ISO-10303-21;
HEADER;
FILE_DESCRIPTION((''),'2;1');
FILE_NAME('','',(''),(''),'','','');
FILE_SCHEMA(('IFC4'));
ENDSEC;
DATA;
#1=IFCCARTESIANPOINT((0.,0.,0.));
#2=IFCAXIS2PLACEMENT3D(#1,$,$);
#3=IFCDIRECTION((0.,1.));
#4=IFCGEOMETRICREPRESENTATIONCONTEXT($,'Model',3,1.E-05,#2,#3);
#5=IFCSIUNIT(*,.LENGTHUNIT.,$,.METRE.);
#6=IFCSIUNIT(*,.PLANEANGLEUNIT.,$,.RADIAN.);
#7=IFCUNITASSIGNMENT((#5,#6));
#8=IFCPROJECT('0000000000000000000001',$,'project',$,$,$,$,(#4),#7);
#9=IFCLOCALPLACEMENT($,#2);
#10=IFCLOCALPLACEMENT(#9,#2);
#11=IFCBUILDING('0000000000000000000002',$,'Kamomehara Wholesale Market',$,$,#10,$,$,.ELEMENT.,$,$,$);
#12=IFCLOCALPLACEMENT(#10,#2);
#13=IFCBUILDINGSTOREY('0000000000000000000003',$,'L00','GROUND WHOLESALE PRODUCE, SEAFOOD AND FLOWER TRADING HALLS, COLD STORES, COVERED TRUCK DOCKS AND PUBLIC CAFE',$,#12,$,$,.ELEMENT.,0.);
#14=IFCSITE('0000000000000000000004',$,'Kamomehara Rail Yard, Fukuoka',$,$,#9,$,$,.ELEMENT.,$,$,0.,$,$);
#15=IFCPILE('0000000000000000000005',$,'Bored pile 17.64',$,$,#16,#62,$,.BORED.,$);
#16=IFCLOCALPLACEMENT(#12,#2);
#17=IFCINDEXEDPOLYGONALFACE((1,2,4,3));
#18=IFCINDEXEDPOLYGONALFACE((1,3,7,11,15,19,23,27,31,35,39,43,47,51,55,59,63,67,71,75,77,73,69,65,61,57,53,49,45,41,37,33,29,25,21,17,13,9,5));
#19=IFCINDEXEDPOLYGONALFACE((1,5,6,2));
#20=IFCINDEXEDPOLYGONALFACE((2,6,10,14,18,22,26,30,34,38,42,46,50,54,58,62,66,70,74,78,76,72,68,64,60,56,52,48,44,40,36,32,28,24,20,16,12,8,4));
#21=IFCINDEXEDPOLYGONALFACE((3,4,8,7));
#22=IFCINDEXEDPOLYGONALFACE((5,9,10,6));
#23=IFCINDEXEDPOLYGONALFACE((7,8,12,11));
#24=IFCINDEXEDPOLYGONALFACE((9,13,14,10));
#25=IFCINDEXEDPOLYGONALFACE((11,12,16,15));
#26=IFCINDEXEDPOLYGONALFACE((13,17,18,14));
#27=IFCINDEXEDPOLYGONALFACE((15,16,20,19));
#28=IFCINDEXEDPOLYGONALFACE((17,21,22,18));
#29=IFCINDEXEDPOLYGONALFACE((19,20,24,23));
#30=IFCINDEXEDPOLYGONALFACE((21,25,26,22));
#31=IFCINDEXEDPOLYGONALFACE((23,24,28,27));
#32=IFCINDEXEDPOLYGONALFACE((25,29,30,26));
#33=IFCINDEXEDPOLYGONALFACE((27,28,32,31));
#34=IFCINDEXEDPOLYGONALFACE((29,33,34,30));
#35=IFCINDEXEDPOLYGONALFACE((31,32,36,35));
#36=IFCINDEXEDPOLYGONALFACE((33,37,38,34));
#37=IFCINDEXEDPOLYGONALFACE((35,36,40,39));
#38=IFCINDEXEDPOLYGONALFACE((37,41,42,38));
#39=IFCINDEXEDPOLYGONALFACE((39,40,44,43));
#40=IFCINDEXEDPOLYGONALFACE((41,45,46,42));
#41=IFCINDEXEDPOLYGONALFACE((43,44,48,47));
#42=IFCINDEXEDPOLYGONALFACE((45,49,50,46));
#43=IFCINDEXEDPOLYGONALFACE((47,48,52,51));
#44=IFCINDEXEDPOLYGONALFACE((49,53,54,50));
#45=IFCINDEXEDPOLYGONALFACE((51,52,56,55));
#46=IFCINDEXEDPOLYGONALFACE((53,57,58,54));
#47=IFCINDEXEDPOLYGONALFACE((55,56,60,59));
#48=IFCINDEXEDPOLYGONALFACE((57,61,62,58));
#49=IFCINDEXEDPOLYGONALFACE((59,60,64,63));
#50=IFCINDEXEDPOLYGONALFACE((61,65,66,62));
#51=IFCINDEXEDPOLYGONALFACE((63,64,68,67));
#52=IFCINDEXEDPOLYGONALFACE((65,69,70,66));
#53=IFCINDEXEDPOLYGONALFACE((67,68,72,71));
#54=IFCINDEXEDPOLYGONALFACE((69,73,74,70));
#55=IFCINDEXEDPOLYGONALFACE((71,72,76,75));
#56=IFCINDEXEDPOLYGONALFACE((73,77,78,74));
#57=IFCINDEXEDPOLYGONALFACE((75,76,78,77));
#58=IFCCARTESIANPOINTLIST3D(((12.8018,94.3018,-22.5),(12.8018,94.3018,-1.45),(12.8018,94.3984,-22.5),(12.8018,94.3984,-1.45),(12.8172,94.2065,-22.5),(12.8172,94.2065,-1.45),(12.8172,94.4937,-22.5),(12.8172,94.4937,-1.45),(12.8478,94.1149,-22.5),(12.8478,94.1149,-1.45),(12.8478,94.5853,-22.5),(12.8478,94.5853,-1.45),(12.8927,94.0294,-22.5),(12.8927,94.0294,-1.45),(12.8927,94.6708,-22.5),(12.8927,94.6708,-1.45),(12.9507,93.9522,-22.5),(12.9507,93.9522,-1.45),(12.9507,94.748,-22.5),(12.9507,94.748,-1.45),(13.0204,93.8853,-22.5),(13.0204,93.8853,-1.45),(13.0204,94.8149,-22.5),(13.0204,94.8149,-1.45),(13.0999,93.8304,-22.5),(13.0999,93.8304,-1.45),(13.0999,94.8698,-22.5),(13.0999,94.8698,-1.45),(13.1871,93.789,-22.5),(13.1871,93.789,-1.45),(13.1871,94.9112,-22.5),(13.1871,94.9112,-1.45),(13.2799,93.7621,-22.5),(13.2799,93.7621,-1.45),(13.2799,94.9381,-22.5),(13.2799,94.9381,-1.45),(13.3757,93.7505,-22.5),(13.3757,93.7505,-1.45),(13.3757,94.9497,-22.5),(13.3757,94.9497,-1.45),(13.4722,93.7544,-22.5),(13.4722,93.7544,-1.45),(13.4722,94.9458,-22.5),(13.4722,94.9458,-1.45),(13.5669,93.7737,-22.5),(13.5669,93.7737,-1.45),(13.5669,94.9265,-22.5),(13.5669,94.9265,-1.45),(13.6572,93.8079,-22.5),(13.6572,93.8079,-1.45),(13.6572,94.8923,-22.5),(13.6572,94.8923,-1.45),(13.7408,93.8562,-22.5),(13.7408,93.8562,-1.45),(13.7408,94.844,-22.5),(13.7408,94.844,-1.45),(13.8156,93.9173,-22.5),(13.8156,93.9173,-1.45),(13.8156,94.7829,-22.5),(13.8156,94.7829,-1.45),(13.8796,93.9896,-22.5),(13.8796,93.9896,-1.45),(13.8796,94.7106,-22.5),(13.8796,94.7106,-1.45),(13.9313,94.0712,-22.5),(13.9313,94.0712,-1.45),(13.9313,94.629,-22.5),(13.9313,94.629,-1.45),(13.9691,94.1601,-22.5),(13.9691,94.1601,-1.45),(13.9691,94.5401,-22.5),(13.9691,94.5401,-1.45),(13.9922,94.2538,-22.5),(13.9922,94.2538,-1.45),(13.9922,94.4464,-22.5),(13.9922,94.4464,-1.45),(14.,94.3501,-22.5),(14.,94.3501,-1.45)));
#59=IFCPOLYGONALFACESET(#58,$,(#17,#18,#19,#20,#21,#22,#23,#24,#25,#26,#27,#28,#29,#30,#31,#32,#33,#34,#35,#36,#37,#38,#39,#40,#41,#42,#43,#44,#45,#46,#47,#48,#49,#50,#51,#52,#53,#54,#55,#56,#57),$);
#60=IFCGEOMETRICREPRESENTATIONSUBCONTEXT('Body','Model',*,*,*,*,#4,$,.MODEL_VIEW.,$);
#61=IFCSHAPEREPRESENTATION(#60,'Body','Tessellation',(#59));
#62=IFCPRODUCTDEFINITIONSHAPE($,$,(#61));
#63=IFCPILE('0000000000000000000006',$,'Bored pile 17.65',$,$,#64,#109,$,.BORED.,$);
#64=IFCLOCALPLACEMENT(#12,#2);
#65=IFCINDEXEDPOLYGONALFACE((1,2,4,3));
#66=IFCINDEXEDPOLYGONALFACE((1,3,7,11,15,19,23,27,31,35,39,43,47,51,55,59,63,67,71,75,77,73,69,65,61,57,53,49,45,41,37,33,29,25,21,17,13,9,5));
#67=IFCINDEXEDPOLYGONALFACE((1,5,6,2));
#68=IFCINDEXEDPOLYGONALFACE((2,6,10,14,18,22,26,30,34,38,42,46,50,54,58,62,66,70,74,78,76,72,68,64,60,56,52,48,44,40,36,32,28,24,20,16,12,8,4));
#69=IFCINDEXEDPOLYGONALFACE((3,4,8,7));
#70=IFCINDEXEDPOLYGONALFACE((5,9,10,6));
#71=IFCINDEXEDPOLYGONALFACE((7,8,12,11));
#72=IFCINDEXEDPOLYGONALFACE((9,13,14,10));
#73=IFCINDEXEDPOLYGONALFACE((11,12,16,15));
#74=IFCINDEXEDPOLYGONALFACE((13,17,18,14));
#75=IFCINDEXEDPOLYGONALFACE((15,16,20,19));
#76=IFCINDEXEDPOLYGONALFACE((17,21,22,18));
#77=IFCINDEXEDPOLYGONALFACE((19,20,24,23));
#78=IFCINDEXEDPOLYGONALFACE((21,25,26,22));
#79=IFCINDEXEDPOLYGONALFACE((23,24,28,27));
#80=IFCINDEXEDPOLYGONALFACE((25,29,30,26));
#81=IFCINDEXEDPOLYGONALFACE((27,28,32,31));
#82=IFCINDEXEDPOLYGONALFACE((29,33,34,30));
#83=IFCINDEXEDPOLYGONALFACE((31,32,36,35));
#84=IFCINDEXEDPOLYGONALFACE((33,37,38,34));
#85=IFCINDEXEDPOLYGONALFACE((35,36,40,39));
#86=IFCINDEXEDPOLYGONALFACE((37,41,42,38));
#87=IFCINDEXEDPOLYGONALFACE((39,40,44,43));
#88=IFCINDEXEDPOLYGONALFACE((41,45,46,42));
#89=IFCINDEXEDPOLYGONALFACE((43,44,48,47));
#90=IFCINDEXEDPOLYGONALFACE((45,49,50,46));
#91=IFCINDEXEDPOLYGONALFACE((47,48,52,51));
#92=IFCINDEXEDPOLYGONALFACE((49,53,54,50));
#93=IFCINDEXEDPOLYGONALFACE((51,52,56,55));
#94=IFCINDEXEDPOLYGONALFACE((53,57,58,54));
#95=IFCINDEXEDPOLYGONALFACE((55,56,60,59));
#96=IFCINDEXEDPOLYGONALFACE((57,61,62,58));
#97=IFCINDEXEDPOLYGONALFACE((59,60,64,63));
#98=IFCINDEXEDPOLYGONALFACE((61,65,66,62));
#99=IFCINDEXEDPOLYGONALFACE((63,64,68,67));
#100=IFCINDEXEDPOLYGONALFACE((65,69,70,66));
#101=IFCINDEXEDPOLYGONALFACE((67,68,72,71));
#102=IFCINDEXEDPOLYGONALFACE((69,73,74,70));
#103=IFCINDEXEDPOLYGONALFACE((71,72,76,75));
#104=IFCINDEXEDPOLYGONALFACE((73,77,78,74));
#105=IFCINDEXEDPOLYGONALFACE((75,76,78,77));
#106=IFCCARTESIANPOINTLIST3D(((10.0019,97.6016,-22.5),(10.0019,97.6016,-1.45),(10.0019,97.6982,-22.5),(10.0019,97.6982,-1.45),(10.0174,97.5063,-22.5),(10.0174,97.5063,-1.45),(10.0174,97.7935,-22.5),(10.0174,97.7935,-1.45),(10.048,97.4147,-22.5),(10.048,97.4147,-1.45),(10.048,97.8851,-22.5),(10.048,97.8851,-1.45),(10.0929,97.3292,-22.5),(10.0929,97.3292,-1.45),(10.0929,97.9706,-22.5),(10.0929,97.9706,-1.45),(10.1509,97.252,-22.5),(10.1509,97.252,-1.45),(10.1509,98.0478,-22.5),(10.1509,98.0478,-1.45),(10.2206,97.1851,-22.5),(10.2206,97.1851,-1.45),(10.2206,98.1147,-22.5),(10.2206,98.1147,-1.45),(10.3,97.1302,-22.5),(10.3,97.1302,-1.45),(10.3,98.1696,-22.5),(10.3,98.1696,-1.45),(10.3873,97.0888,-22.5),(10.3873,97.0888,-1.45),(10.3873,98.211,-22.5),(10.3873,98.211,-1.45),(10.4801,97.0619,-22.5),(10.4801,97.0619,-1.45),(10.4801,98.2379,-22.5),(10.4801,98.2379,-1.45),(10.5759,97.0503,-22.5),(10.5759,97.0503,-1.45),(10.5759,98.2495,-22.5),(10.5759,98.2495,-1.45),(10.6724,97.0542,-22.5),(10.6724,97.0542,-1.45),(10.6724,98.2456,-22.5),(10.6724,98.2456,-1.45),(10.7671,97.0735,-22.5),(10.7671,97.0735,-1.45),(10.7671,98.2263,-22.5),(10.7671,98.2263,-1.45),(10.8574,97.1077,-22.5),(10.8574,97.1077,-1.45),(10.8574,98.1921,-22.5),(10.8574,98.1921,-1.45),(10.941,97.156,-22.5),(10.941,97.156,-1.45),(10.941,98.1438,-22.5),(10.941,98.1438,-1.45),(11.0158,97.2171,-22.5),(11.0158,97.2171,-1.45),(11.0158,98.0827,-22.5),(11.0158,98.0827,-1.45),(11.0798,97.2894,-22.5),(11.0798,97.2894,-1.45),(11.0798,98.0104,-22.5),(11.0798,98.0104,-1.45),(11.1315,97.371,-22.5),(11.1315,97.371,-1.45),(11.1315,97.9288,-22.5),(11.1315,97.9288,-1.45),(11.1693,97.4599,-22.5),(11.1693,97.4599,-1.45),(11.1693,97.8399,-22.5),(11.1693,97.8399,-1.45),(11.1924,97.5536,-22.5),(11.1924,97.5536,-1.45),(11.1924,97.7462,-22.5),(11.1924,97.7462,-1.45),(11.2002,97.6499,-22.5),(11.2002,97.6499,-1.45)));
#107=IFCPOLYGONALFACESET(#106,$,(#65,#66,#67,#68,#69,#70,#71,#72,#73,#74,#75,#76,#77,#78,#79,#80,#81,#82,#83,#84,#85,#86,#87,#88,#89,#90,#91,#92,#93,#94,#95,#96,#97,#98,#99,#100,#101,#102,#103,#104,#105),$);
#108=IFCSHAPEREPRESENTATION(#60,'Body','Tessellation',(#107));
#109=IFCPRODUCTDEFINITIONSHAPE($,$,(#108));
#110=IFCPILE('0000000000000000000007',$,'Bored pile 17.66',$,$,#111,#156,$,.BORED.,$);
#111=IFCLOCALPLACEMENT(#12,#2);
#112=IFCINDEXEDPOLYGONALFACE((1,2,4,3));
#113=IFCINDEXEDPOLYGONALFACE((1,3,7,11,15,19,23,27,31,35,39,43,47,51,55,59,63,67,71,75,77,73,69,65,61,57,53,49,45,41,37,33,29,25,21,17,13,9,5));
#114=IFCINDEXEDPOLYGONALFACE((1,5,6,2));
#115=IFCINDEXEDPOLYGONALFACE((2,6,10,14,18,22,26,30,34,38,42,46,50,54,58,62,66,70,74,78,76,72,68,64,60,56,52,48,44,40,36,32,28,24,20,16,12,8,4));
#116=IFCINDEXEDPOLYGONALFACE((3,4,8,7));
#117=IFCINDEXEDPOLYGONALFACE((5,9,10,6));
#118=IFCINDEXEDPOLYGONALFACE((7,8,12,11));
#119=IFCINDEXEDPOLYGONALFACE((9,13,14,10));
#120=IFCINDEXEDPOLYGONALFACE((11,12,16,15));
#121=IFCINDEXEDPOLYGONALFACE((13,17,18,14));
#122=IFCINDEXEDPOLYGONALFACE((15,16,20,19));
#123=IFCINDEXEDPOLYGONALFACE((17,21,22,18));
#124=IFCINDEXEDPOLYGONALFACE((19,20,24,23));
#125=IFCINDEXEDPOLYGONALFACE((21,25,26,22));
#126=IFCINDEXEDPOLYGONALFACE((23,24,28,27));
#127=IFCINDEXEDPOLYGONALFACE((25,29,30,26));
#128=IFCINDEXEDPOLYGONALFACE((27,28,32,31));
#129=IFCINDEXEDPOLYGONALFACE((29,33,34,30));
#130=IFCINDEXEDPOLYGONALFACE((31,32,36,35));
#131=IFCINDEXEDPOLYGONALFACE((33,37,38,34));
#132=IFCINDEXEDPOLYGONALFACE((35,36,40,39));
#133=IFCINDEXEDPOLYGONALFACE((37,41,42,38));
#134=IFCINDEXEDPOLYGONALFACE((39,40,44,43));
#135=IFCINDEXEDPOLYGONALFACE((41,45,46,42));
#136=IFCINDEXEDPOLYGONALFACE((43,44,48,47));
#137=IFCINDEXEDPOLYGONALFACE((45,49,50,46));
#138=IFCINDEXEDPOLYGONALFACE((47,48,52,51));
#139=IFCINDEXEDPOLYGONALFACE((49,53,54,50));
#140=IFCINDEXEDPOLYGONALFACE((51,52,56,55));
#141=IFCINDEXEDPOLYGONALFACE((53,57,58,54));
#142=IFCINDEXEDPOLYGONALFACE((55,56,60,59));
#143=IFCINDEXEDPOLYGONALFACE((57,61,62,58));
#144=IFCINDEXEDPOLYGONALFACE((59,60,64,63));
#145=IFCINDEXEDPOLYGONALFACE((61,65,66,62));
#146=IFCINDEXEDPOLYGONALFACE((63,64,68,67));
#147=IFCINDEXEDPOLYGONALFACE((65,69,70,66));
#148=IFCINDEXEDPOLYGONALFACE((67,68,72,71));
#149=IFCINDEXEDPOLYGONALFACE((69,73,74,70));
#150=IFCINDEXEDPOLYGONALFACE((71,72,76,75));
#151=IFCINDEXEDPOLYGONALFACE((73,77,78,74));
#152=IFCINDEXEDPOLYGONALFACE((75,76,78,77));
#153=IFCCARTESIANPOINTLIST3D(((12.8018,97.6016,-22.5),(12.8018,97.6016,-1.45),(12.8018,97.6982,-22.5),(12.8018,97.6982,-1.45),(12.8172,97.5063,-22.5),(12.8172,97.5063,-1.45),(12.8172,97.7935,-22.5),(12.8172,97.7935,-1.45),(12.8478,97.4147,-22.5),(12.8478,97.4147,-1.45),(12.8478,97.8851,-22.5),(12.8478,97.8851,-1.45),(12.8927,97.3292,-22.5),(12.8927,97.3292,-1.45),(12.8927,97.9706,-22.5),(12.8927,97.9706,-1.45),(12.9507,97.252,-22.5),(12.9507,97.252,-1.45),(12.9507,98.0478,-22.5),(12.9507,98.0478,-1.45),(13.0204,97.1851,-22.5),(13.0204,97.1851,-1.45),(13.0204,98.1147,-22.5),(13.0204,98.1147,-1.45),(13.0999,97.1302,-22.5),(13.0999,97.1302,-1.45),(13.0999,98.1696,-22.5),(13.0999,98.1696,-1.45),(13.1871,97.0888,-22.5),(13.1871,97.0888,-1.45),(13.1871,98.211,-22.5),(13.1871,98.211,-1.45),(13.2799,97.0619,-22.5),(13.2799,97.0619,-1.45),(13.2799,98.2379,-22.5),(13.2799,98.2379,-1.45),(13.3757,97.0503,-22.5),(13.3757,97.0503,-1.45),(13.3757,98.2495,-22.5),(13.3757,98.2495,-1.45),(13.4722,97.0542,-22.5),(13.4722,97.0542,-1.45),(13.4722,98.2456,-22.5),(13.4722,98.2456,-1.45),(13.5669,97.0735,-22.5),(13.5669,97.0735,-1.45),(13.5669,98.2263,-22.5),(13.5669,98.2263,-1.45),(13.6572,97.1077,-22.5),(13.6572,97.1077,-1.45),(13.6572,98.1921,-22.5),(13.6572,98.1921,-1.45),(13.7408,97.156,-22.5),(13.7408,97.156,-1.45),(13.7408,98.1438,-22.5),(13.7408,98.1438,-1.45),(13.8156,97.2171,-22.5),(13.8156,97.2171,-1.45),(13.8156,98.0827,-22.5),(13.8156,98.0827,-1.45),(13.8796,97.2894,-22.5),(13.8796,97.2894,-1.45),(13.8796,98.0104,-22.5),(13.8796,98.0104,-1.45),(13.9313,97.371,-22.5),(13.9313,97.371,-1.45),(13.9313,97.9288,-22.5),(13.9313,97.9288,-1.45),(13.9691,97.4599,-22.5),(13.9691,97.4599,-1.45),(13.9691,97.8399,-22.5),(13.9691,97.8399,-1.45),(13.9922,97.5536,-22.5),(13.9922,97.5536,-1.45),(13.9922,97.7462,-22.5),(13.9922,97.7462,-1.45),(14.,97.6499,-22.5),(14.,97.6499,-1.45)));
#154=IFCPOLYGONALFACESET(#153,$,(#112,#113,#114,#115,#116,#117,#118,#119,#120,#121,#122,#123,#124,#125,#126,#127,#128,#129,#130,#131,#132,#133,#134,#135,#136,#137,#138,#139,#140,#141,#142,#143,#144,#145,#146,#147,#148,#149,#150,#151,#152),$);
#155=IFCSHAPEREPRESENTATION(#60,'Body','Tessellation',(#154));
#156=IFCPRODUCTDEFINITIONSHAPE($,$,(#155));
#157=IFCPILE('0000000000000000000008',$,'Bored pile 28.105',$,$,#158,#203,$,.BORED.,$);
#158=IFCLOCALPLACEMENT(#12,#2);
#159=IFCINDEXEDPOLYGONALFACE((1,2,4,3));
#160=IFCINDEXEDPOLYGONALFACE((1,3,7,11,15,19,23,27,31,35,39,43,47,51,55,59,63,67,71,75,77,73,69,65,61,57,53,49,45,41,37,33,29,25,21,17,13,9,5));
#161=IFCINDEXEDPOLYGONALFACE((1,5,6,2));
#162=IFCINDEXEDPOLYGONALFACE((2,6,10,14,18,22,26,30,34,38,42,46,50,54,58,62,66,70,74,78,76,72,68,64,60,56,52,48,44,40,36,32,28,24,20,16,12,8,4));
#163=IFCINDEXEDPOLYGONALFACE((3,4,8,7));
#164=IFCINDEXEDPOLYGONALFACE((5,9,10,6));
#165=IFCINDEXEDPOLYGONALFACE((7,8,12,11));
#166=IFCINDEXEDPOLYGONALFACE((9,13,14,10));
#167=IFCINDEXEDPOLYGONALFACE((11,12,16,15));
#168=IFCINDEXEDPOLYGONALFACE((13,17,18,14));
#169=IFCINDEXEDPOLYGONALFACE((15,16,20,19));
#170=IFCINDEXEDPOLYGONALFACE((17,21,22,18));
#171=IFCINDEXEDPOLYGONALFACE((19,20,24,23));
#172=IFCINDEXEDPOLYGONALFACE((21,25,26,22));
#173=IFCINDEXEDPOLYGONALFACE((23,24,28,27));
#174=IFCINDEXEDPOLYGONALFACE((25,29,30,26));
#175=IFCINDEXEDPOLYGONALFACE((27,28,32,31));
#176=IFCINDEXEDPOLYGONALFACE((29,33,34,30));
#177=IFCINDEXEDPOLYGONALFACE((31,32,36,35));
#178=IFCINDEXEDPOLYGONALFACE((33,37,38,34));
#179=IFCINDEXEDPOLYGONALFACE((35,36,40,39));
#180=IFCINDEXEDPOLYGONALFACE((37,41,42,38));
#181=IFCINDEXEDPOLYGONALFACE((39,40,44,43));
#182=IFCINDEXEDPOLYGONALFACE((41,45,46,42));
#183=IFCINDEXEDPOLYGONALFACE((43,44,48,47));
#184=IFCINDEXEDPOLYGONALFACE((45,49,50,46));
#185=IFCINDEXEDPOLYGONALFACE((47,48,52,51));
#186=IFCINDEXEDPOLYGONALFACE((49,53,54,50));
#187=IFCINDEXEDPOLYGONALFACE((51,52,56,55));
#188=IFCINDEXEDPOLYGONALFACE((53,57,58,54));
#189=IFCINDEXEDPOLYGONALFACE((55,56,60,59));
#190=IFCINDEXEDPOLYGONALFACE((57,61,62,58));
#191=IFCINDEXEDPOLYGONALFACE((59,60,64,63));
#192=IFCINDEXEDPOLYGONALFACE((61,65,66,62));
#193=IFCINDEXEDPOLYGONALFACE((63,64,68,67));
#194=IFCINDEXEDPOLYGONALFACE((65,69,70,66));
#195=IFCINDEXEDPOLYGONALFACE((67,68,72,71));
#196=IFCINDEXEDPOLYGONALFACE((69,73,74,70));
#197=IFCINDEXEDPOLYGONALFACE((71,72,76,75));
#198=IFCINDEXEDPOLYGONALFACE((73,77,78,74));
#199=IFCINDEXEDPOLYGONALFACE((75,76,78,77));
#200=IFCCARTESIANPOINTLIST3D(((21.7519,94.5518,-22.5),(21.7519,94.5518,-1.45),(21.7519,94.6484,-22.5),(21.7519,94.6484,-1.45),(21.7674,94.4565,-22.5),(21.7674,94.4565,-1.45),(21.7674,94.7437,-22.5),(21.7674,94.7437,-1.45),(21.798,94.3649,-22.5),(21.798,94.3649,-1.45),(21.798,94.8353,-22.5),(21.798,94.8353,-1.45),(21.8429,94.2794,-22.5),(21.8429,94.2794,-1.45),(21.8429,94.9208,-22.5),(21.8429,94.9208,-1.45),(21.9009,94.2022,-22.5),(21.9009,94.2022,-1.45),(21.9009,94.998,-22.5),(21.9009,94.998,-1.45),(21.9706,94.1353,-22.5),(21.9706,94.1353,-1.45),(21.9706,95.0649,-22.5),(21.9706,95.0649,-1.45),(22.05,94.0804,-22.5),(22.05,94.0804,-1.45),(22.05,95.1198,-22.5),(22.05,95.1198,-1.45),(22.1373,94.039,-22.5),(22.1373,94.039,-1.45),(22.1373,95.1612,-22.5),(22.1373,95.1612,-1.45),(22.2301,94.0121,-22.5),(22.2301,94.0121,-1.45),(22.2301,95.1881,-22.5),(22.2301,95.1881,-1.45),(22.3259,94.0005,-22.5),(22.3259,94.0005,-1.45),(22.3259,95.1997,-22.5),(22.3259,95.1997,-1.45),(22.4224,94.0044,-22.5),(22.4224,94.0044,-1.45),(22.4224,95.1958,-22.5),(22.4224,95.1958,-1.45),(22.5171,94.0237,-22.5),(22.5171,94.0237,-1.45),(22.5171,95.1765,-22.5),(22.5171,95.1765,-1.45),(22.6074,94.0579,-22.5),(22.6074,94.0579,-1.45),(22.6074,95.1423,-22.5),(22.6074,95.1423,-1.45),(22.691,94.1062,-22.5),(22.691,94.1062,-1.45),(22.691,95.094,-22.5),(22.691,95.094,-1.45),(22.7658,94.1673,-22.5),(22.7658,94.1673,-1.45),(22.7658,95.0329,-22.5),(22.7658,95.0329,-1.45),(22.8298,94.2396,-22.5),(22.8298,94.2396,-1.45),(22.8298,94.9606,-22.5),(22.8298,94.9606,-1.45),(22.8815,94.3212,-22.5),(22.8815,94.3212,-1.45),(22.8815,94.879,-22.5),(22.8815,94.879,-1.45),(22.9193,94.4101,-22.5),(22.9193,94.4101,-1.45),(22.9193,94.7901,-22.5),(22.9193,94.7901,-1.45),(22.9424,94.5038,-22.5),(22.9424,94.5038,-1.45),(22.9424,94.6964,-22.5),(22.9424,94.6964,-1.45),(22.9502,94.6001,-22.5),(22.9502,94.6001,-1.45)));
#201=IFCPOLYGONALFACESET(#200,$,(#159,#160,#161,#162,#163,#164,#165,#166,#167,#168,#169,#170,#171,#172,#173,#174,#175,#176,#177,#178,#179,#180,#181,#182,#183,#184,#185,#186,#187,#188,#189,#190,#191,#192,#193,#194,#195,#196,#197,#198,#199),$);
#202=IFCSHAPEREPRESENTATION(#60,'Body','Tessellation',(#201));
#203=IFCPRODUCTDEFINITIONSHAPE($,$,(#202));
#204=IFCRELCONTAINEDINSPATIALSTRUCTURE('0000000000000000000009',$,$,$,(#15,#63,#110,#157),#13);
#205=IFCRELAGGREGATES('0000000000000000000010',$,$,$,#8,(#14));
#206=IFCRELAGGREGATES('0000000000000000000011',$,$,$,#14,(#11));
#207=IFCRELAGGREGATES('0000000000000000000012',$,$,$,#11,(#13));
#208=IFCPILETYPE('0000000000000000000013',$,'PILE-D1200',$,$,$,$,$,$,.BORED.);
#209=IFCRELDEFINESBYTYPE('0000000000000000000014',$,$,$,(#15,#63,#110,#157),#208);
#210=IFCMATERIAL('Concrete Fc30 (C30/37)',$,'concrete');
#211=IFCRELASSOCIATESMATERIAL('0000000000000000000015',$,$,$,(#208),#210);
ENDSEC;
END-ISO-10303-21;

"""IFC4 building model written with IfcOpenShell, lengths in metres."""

from ifc_helpers import new_model, si_unit, direction, frame, origin, origin_2d, place, context, subcontext, project, spatial, circle, extrude, material, material_profile, profile_set, type_object, element, save


model = new_model("IFC4")

# Units and contexts
model_context = context("Model", 3, precision=1e-05, world=origin(), true_north=direction((0.0, 1.0)))
body_context = subcontext(model_context, "Body", "Model", "MODEL_VIEW")
ifc_project = project(units=[si_unit("LENGTHUNIT", "METRE"), si_unit("PLANEANGLEUNIT", "RADIAN")], contexts=[model_context])

# Site, building, storey
site_placement = place(None, origin())
site = spatial("IfcSite", under=ifc_project, at=site_placement, Name="Kamomehara Rail Yard, Fukuoka", CompositionType="ELEMENT", RefElevation=0.0)
building_placement = place(site_placement, origin())
building = spatial("IfcBuilding", under=site, at=building_placement, Name="Kamomehara Wholesale Market", CompositionType="ELEMENT")
storey_placement = place(building_placement, origin())
storey = spatial("IfcBuildingStorey", under=building, at=storey_placement, Name="L00", Description="GROUND WHOLESALE PRODUCE, SEAFOOD AND FLOWER TRADING HALLS, COLD STORES, COVERED TRUCK DOCKS AND PUBLIC CAFE", CompositionType="ELEMENT", Elevation=0.0)

# Piles
ifc_material_1 = material(Name="Concrete Fc30 (C30/37)", Category="concrete")
ifc_material_profile_1 = material_profile(ifc_material_1, circle(Radius=0.6001, at=origin_2d()), Name="RC-PILE-D1200")
ifc_profile_set_1 = profile_set([ifc_material_profile_1], Name="Concrete Fc30 (C30/37)")
pile_type = type_object("IfcPileType", Name="PILE-D1200", PredefinedType="BORED", material=ifc_profile_set_1)
for number, where, z_axis, x_axis, name in (
    (1, (13.3999, 94.3501, -1.45), (0.0, 0.0, -1.0), (1.0, 0.0, 0.0), "Bored pile 17.64"),
    (2, (10.6001, 97.6499, -1.45), (0.0, 0.0, -1.0), (1.0, 0.0, 0.0), "Bored pile 17.65"),
    (3, (13.3999, 97.6499, -1.45), (0.0, 0.0, -1.0), (1.0, 0.0, 0.0), "Bored pile 17.66"),
    (4, (22.3501, 94.6001, -1.45), (0.0, 0.0, -1.0), (1.0, 0.0, 0.0), "Bored pile 28.105"),
):
    element("IfcPile", number, at=place(storey_placement, frame(where, z_axis=z_axis, x_axis=x_axis)), inside=storey, type_object=pile_type, Name=name, PredefinedType="BORED", context=body_context, shape_type="SweptSolid", body=[
        extrude(circle(Radius=0.6001, at=origin_2d()), origin(), (0.0, 0.0, 1.0), 21.05),
    ])

save(model, "model.ifc")
